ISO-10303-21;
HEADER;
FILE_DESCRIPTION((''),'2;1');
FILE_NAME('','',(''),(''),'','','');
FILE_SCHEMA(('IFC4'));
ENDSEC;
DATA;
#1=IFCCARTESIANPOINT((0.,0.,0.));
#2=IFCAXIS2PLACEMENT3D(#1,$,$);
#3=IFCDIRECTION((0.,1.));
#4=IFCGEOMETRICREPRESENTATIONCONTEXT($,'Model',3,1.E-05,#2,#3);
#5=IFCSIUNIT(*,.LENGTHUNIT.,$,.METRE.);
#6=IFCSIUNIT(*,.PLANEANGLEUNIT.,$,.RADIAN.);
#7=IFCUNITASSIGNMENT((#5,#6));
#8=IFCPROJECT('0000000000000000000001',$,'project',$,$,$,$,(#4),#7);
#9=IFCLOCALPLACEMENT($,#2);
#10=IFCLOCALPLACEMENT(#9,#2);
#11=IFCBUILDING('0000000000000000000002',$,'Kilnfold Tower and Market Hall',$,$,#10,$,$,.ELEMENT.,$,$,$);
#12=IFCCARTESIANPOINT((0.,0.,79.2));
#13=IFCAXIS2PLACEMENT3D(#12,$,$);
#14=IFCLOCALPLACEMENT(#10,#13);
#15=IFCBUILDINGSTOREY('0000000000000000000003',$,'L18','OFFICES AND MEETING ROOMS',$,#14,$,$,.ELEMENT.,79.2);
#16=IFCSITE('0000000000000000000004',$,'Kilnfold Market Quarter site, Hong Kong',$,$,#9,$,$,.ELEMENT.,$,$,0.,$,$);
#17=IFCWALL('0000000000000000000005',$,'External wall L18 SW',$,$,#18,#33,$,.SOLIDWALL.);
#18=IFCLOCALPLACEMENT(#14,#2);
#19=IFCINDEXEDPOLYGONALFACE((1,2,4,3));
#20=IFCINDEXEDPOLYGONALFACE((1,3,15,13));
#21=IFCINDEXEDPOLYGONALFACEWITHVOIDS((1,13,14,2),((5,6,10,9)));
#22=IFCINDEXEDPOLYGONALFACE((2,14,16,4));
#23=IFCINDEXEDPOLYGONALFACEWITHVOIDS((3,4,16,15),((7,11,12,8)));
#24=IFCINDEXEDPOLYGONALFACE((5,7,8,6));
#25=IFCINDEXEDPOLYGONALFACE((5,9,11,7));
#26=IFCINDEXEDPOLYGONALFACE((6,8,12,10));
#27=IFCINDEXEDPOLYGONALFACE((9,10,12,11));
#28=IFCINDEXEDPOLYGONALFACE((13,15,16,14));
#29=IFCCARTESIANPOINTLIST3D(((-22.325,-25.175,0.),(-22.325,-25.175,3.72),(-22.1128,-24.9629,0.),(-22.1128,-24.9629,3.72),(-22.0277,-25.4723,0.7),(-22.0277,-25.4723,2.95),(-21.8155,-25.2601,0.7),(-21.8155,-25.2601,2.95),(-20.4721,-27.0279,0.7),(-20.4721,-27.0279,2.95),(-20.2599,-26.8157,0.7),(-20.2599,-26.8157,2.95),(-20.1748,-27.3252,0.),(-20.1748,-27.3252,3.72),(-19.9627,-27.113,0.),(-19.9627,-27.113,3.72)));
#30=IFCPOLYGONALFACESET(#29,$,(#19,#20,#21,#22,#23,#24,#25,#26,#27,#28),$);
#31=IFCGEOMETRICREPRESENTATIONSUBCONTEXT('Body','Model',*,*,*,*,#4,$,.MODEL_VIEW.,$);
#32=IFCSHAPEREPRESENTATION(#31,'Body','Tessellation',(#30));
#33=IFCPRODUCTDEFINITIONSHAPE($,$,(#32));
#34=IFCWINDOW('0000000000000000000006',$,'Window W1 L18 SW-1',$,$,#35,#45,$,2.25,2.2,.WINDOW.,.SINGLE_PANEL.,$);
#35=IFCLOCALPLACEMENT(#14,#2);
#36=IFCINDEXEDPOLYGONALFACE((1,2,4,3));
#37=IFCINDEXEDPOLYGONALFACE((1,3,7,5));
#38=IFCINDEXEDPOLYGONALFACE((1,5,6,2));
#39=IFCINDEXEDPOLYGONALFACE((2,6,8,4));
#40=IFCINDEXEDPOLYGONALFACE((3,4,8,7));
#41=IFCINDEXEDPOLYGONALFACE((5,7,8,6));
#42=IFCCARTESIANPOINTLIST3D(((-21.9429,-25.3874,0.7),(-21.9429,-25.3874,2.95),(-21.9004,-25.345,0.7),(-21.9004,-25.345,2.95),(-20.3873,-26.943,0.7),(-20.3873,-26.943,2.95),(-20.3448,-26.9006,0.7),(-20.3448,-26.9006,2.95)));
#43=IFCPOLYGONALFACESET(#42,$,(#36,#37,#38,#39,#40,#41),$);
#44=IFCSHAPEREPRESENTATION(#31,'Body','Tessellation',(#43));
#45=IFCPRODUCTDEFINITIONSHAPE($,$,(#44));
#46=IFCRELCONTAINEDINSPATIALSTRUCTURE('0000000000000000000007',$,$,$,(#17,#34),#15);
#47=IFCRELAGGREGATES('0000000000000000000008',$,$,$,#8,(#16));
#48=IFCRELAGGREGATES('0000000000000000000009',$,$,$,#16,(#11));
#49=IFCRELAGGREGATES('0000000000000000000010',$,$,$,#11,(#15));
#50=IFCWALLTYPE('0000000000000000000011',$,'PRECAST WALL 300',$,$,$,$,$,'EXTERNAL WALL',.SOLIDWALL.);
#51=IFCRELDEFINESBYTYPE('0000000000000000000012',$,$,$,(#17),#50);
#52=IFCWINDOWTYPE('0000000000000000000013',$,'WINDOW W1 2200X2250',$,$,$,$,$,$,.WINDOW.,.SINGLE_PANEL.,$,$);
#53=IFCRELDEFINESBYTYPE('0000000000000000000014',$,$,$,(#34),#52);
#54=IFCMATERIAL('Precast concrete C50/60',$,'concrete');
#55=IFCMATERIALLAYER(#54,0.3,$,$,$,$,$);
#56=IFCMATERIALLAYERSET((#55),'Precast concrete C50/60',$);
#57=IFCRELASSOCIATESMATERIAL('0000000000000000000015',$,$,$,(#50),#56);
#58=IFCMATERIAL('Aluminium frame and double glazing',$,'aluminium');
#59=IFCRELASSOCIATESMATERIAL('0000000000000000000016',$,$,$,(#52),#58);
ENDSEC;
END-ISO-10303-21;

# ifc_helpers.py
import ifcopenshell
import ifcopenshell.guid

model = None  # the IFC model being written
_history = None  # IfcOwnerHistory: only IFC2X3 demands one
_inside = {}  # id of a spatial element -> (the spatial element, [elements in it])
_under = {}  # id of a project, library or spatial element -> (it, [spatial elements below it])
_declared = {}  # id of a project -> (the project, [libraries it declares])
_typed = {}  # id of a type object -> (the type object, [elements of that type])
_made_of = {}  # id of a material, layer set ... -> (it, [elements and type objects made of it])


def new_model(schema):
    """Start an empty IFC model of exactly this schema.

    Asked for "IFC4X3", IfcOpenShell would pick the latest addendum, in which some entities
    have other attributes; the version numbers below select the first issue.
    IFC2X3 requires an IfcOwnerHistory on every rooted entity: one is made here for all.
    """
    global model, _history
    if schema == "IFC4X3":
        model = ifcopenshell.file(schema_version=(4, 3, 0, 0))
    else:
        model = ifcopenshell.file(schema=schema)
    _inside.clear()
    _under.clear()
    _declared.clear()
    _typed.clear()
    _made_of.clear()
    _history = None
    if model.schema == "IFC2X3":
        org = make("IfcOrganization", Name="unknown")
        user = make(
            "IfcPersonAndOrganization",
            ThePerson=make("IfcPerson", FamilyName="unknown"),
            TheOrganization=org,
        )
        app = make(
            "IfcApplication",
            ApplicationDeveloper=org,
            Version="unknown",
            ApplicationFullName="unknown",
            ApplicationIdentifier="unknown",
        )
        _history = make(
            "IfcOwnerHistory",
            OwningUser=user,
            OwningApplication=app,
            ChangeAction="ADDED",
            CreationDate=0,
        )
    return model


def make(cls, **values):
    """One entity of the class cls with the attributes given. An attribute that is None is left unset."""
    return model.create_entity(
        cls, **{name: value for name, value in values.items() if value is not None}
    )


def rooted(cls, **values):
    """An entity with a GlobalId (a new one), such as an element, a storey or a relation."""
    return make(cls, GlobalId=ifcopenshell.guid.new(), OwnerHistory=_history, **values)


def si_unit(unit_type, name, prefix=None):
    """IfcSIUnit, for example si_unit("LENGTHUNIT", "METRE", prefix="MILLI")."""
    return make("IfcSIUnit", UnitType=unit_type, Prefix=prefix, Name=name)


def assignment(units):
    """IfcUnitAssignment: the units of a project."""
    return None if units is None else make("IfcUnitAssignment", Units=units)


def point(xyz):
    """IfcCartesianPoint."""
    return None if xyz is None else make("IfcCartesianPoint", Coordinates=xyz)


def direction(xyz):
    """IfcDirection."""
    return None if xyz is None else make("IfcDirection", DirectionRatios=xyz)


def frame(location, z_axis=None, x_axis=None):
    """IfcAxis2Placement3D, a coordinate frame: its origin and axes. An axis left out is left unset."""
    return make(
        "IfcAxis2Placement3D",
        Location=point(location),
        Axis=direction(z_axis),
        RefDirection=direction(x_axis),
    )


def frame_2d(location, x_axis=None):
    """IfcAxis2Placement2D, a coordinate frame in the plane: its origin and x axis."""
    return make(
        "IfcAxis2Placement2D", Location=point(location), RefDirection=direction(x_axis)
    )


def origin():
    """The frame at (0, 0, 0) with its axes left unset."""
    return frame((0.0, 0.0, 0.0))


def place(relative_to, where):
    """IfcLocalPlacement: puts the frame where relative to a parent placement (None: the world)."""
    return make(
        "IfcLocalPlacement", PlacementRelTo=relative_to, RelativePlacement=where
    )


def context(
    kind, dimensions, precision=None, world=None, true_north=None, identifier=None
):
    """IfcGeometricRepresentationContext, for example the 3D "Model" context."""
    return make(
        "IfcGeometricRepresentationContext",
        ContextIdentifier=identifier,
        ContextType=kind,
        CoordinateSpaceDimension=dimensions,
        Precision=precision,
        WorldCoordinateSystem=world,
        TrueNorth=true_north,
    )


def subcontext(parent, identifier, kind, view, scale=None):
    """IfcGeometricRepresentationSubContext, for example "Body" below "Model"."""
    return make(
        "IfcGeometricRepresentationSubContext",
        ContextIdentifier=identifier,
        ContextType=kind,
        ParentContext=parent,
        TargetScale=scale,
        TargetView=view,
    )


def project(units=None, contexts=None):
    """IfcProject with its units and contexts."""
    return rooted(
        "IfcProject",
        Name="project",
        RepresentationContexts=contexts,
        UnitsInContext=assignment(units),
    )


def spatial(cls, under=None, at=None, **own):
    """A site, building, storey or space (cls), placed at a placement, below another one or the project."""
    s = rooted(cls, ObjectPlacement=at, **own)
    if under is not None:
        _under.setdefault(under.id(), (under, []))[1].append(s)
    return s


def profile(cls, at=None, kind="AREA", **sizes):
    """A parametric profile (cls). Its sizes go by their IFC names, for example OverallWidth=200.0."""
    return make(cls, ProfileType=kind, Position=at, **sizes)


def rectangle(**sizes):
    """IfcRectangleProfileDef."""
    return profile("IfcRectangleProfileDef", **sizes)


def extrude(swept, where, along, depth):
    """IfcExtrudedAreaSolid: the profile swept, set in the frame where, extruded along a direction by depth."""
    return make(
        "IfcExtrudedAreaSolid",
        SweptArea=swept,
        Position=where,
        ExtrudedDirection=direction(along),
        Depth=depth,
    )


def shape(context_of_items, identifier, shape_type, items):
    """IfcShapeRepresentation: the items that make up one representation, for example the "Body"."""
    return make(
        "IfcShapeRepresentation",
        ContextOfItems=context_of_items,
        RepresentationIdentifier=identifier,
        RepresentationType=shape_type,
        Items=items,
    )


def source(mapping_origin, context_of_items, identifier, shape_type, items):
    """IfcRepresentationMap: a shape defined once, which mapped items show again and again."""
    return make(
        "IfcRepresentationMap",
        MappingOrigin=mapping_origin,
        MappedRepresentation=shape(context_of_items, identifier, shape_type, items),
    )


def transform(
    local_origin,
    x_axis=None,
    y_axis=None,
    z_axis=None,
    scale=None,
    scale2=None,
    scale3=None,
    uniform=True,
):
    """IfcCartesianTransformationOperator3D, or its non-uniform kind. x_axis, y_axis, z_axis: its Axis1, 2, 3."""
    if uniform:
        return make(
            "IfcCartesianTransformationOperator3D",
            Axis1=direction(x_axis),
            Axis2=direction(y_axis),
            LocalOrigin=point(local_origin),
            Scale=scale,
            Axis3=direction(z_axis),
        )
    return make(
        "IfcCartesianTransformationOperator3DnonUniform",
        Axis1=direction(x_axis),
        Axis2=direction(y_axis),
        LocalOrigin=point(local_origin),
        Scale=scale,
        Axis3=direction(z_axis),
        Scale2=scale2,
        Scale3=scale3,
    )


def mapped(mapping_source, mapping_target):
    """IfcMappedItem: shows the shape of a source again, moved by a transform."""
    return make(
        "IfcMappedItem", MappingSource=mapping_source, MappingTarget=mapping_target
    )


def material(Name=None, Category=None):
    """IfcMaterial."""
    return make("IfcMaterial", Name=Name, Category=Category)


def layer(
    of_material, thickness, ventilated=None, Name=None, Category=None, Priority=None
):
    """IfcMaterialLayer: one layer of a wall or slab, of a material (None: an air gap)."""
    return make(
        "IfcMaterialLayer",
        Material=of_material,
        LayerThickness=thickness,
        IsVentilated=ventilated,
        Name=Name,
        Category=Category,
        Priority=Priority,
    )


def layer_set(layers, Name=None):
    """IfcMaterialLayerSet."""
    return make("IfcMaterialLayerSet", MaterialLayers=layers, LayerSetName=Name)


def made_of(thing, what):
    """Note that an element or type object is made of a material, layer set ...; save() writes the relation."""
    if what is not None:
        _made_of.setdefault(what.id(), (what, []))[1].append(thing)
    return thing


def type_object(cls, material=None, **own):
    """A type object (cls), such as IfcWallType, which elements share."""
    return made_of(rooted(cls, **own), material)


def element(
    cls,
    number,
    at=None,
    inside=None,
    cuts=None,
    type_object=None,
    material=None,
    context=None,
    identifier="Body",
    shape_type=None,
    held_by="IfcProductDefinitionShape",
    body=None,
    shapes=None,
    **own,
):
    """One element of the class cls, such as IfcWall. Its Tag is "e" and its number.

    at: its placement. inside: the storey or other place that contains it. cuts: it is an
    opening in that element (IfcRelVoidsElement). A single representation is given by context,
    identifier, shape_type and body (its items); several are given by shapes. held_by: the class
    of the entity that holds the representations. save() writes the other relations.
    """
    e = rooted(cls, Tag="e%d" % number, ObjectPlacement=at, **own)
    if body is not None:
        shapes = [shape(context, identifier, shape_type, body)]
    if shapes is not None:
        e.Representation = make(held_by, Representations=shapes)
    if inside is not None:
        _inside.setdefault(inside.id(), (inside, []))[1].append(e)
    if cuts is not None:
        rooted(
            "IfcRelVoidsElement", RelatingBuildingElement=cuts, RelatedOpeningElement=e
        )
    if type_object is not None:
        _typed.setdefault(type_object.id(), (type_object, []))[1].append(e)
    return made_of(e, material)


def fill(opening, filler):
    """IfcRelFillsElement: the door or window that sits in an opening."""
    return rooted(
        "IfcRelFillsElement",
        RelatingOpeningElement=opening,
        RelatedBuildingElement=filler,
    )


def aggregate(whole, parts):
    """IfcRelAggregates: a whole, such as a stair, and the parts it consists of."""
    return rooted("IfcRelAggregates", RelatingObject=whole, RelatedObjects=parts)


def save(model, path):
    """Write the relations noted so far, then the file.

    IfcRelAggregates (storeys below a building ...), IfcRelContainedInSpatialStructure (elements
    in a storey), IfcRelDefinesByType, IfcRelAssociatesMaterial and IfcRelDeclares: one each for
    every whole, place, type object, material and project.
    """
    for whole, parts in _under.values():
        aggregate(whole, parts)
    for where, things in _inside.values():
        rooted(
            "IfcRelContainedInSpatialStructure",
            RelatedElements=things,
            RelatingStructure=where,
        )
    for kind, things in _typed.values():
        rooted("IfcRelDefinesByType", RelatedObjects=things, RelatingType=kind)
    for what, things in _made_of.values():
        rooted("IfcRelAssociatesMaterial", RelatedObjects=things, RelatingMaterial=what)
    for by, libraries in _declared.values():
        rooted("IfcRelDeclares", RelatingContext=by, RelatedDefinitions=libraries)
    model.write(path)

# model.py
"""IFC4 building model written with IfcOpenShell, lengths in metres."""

from ifc_helpers import new_model, si_unit, direction, frame, frame_2d, origin, place, context, subcontext, project, spatial, rectangle, extrude, source, transform, mapped, material, layer, layer_set, type_object, element, fill, save


model = new_model("IFC4")

# Units and contexts
model_context = context("Model", 3, precision=1e-05, world=origin(), true_north=direction((0.0, 1.0)))
body_context = subcontext(model_context, "Body", "Model", "MODEL_VIEW")
ifc_project = project(units=[si_unit("LENGTHUNIT", "METRE"), si_unit("PLANEANGLEUNIT", "RADIAN")], contexts=[model_context])

# Site, building, storey
site_placement = place(None, origin())
site = spatial("IfcSite", under=ifc_project, at=site_placement, Name="Kilnfold Market Quarter site, Hong Kong", CompositionType="ELEMENT", RefElevation=0.0)
building_placement = place(site_placement, origin())
building = spatial("IfcBuilding", under=site, at=building_placement, Name="Kilnfold Tower and Market Hall", CompositionType="ELEMENT")
storey_placement = place(building_placement, frame((0.0, 0.0, 79.2)))
storey = spatial("IfcBuildingStorey", under=building, at=storey_placement, Name="L18", Description="OFFICES AND MEETING ROOMS", CompositionType="ELEMENT", Elevation=79.2)

# Wall, opening, window
ifc_material_1 = material(Name="Precast concrete C50/60", Category="concrete")
ifc_layer_1 = layer(ifc_material_1, 0.3)
ifc_layer_set_1 = layer_set([ifc_layer_1], Name="Precast concrete C50/60")
wall_type_1 = type_object("IfcWallType", Name="PRECAST WALL 300", ElementType="EXTERNAL WALL", PredefinedType="SOLIDWALL", material=ifc_layer_set_1)
ifc_material_2 = material(Name="Aluminium frame and double glazing", Category="aluminium")
window_type = type_object("IfcWindowType", Name="WINDOW W1 2200X2250", PartitioningType="SINGLE_PANEL", PredefinedType="WINDOW", material=ifc_material_2)
shared_shape_1 = source(origin(), body_context, "Body", "SweptSolid", [
    extrude(rectangle(XDim=3.0408, YDim=0.3, at=frame_2d((1.5205, 0.0))), origin(), (0.0, 0.0, 1.0), 3.72),
])
wall_1_placement = place(storey_placement, frame((-22.219, -25.0688, 0.0), z_axis=(0.0, 0.0, 1.0), x_axis=(0.707107, -0.707107, 0.0)))
wall_1 = element("IfcWall", 1, at=wall_1_placement, inside=storey, type_object=wall_type_1, Name="External wall L18 SW", PredefinedType="SOLIDWALL", context=body_context, shape_type="MappedRepresentation", body=[
    mapped(shared_shape_1, transform((0.0, 0.0, 0.0))),
])
opening_1_placement = place(wall_1_placement, frame((0.4204, 0.0, 0.7)))
opening_1 = element("IfcOpeningElement", 2, at=opening_1_placement, cuts=wall_1, PredefinedType="OPENING", context=body_context, shape_type="SweptSolid", body=[
    extrude(rectangle(XDim=2.2, YDim=2.25, at=frame_2d((1.1001, 1.125))), frame((0.0, 0.1602, 0.0), z_axis=(0.0, -1.0, 0.0), x_axis=(1.0, 0.0, 0.0)), (0.0, 0.0, 1.0), 0.3201),
])
window_1_placement = place(opening_1_placement, origin())
window_1 = element("IfcWindow", 3, at=window_1_placement, inside=storey, type_object=window_type, Name="Window W1 L18 SW-1", OverallHeight=2.25, OverallWidth=2.2, PartitioningType="SINGLE_PANEL", PredefinedType="WINDOW", context=body_context, shape_type="SweptSolid", body=[
    extrude(rectangle(XDim=2.2, YDim=2.25, at=frame_2d((1.1001, 1.125))), frame((0.0, 0.03, 0.0), z_axis=(0.0, -1.0, 0.0), x_axis=(1.0, 0.0, 0.0)), (0.0, 0.0, 1.0), 0.0601),
])
fill(opening_1, window_1)

save(model, "model.ifc")
